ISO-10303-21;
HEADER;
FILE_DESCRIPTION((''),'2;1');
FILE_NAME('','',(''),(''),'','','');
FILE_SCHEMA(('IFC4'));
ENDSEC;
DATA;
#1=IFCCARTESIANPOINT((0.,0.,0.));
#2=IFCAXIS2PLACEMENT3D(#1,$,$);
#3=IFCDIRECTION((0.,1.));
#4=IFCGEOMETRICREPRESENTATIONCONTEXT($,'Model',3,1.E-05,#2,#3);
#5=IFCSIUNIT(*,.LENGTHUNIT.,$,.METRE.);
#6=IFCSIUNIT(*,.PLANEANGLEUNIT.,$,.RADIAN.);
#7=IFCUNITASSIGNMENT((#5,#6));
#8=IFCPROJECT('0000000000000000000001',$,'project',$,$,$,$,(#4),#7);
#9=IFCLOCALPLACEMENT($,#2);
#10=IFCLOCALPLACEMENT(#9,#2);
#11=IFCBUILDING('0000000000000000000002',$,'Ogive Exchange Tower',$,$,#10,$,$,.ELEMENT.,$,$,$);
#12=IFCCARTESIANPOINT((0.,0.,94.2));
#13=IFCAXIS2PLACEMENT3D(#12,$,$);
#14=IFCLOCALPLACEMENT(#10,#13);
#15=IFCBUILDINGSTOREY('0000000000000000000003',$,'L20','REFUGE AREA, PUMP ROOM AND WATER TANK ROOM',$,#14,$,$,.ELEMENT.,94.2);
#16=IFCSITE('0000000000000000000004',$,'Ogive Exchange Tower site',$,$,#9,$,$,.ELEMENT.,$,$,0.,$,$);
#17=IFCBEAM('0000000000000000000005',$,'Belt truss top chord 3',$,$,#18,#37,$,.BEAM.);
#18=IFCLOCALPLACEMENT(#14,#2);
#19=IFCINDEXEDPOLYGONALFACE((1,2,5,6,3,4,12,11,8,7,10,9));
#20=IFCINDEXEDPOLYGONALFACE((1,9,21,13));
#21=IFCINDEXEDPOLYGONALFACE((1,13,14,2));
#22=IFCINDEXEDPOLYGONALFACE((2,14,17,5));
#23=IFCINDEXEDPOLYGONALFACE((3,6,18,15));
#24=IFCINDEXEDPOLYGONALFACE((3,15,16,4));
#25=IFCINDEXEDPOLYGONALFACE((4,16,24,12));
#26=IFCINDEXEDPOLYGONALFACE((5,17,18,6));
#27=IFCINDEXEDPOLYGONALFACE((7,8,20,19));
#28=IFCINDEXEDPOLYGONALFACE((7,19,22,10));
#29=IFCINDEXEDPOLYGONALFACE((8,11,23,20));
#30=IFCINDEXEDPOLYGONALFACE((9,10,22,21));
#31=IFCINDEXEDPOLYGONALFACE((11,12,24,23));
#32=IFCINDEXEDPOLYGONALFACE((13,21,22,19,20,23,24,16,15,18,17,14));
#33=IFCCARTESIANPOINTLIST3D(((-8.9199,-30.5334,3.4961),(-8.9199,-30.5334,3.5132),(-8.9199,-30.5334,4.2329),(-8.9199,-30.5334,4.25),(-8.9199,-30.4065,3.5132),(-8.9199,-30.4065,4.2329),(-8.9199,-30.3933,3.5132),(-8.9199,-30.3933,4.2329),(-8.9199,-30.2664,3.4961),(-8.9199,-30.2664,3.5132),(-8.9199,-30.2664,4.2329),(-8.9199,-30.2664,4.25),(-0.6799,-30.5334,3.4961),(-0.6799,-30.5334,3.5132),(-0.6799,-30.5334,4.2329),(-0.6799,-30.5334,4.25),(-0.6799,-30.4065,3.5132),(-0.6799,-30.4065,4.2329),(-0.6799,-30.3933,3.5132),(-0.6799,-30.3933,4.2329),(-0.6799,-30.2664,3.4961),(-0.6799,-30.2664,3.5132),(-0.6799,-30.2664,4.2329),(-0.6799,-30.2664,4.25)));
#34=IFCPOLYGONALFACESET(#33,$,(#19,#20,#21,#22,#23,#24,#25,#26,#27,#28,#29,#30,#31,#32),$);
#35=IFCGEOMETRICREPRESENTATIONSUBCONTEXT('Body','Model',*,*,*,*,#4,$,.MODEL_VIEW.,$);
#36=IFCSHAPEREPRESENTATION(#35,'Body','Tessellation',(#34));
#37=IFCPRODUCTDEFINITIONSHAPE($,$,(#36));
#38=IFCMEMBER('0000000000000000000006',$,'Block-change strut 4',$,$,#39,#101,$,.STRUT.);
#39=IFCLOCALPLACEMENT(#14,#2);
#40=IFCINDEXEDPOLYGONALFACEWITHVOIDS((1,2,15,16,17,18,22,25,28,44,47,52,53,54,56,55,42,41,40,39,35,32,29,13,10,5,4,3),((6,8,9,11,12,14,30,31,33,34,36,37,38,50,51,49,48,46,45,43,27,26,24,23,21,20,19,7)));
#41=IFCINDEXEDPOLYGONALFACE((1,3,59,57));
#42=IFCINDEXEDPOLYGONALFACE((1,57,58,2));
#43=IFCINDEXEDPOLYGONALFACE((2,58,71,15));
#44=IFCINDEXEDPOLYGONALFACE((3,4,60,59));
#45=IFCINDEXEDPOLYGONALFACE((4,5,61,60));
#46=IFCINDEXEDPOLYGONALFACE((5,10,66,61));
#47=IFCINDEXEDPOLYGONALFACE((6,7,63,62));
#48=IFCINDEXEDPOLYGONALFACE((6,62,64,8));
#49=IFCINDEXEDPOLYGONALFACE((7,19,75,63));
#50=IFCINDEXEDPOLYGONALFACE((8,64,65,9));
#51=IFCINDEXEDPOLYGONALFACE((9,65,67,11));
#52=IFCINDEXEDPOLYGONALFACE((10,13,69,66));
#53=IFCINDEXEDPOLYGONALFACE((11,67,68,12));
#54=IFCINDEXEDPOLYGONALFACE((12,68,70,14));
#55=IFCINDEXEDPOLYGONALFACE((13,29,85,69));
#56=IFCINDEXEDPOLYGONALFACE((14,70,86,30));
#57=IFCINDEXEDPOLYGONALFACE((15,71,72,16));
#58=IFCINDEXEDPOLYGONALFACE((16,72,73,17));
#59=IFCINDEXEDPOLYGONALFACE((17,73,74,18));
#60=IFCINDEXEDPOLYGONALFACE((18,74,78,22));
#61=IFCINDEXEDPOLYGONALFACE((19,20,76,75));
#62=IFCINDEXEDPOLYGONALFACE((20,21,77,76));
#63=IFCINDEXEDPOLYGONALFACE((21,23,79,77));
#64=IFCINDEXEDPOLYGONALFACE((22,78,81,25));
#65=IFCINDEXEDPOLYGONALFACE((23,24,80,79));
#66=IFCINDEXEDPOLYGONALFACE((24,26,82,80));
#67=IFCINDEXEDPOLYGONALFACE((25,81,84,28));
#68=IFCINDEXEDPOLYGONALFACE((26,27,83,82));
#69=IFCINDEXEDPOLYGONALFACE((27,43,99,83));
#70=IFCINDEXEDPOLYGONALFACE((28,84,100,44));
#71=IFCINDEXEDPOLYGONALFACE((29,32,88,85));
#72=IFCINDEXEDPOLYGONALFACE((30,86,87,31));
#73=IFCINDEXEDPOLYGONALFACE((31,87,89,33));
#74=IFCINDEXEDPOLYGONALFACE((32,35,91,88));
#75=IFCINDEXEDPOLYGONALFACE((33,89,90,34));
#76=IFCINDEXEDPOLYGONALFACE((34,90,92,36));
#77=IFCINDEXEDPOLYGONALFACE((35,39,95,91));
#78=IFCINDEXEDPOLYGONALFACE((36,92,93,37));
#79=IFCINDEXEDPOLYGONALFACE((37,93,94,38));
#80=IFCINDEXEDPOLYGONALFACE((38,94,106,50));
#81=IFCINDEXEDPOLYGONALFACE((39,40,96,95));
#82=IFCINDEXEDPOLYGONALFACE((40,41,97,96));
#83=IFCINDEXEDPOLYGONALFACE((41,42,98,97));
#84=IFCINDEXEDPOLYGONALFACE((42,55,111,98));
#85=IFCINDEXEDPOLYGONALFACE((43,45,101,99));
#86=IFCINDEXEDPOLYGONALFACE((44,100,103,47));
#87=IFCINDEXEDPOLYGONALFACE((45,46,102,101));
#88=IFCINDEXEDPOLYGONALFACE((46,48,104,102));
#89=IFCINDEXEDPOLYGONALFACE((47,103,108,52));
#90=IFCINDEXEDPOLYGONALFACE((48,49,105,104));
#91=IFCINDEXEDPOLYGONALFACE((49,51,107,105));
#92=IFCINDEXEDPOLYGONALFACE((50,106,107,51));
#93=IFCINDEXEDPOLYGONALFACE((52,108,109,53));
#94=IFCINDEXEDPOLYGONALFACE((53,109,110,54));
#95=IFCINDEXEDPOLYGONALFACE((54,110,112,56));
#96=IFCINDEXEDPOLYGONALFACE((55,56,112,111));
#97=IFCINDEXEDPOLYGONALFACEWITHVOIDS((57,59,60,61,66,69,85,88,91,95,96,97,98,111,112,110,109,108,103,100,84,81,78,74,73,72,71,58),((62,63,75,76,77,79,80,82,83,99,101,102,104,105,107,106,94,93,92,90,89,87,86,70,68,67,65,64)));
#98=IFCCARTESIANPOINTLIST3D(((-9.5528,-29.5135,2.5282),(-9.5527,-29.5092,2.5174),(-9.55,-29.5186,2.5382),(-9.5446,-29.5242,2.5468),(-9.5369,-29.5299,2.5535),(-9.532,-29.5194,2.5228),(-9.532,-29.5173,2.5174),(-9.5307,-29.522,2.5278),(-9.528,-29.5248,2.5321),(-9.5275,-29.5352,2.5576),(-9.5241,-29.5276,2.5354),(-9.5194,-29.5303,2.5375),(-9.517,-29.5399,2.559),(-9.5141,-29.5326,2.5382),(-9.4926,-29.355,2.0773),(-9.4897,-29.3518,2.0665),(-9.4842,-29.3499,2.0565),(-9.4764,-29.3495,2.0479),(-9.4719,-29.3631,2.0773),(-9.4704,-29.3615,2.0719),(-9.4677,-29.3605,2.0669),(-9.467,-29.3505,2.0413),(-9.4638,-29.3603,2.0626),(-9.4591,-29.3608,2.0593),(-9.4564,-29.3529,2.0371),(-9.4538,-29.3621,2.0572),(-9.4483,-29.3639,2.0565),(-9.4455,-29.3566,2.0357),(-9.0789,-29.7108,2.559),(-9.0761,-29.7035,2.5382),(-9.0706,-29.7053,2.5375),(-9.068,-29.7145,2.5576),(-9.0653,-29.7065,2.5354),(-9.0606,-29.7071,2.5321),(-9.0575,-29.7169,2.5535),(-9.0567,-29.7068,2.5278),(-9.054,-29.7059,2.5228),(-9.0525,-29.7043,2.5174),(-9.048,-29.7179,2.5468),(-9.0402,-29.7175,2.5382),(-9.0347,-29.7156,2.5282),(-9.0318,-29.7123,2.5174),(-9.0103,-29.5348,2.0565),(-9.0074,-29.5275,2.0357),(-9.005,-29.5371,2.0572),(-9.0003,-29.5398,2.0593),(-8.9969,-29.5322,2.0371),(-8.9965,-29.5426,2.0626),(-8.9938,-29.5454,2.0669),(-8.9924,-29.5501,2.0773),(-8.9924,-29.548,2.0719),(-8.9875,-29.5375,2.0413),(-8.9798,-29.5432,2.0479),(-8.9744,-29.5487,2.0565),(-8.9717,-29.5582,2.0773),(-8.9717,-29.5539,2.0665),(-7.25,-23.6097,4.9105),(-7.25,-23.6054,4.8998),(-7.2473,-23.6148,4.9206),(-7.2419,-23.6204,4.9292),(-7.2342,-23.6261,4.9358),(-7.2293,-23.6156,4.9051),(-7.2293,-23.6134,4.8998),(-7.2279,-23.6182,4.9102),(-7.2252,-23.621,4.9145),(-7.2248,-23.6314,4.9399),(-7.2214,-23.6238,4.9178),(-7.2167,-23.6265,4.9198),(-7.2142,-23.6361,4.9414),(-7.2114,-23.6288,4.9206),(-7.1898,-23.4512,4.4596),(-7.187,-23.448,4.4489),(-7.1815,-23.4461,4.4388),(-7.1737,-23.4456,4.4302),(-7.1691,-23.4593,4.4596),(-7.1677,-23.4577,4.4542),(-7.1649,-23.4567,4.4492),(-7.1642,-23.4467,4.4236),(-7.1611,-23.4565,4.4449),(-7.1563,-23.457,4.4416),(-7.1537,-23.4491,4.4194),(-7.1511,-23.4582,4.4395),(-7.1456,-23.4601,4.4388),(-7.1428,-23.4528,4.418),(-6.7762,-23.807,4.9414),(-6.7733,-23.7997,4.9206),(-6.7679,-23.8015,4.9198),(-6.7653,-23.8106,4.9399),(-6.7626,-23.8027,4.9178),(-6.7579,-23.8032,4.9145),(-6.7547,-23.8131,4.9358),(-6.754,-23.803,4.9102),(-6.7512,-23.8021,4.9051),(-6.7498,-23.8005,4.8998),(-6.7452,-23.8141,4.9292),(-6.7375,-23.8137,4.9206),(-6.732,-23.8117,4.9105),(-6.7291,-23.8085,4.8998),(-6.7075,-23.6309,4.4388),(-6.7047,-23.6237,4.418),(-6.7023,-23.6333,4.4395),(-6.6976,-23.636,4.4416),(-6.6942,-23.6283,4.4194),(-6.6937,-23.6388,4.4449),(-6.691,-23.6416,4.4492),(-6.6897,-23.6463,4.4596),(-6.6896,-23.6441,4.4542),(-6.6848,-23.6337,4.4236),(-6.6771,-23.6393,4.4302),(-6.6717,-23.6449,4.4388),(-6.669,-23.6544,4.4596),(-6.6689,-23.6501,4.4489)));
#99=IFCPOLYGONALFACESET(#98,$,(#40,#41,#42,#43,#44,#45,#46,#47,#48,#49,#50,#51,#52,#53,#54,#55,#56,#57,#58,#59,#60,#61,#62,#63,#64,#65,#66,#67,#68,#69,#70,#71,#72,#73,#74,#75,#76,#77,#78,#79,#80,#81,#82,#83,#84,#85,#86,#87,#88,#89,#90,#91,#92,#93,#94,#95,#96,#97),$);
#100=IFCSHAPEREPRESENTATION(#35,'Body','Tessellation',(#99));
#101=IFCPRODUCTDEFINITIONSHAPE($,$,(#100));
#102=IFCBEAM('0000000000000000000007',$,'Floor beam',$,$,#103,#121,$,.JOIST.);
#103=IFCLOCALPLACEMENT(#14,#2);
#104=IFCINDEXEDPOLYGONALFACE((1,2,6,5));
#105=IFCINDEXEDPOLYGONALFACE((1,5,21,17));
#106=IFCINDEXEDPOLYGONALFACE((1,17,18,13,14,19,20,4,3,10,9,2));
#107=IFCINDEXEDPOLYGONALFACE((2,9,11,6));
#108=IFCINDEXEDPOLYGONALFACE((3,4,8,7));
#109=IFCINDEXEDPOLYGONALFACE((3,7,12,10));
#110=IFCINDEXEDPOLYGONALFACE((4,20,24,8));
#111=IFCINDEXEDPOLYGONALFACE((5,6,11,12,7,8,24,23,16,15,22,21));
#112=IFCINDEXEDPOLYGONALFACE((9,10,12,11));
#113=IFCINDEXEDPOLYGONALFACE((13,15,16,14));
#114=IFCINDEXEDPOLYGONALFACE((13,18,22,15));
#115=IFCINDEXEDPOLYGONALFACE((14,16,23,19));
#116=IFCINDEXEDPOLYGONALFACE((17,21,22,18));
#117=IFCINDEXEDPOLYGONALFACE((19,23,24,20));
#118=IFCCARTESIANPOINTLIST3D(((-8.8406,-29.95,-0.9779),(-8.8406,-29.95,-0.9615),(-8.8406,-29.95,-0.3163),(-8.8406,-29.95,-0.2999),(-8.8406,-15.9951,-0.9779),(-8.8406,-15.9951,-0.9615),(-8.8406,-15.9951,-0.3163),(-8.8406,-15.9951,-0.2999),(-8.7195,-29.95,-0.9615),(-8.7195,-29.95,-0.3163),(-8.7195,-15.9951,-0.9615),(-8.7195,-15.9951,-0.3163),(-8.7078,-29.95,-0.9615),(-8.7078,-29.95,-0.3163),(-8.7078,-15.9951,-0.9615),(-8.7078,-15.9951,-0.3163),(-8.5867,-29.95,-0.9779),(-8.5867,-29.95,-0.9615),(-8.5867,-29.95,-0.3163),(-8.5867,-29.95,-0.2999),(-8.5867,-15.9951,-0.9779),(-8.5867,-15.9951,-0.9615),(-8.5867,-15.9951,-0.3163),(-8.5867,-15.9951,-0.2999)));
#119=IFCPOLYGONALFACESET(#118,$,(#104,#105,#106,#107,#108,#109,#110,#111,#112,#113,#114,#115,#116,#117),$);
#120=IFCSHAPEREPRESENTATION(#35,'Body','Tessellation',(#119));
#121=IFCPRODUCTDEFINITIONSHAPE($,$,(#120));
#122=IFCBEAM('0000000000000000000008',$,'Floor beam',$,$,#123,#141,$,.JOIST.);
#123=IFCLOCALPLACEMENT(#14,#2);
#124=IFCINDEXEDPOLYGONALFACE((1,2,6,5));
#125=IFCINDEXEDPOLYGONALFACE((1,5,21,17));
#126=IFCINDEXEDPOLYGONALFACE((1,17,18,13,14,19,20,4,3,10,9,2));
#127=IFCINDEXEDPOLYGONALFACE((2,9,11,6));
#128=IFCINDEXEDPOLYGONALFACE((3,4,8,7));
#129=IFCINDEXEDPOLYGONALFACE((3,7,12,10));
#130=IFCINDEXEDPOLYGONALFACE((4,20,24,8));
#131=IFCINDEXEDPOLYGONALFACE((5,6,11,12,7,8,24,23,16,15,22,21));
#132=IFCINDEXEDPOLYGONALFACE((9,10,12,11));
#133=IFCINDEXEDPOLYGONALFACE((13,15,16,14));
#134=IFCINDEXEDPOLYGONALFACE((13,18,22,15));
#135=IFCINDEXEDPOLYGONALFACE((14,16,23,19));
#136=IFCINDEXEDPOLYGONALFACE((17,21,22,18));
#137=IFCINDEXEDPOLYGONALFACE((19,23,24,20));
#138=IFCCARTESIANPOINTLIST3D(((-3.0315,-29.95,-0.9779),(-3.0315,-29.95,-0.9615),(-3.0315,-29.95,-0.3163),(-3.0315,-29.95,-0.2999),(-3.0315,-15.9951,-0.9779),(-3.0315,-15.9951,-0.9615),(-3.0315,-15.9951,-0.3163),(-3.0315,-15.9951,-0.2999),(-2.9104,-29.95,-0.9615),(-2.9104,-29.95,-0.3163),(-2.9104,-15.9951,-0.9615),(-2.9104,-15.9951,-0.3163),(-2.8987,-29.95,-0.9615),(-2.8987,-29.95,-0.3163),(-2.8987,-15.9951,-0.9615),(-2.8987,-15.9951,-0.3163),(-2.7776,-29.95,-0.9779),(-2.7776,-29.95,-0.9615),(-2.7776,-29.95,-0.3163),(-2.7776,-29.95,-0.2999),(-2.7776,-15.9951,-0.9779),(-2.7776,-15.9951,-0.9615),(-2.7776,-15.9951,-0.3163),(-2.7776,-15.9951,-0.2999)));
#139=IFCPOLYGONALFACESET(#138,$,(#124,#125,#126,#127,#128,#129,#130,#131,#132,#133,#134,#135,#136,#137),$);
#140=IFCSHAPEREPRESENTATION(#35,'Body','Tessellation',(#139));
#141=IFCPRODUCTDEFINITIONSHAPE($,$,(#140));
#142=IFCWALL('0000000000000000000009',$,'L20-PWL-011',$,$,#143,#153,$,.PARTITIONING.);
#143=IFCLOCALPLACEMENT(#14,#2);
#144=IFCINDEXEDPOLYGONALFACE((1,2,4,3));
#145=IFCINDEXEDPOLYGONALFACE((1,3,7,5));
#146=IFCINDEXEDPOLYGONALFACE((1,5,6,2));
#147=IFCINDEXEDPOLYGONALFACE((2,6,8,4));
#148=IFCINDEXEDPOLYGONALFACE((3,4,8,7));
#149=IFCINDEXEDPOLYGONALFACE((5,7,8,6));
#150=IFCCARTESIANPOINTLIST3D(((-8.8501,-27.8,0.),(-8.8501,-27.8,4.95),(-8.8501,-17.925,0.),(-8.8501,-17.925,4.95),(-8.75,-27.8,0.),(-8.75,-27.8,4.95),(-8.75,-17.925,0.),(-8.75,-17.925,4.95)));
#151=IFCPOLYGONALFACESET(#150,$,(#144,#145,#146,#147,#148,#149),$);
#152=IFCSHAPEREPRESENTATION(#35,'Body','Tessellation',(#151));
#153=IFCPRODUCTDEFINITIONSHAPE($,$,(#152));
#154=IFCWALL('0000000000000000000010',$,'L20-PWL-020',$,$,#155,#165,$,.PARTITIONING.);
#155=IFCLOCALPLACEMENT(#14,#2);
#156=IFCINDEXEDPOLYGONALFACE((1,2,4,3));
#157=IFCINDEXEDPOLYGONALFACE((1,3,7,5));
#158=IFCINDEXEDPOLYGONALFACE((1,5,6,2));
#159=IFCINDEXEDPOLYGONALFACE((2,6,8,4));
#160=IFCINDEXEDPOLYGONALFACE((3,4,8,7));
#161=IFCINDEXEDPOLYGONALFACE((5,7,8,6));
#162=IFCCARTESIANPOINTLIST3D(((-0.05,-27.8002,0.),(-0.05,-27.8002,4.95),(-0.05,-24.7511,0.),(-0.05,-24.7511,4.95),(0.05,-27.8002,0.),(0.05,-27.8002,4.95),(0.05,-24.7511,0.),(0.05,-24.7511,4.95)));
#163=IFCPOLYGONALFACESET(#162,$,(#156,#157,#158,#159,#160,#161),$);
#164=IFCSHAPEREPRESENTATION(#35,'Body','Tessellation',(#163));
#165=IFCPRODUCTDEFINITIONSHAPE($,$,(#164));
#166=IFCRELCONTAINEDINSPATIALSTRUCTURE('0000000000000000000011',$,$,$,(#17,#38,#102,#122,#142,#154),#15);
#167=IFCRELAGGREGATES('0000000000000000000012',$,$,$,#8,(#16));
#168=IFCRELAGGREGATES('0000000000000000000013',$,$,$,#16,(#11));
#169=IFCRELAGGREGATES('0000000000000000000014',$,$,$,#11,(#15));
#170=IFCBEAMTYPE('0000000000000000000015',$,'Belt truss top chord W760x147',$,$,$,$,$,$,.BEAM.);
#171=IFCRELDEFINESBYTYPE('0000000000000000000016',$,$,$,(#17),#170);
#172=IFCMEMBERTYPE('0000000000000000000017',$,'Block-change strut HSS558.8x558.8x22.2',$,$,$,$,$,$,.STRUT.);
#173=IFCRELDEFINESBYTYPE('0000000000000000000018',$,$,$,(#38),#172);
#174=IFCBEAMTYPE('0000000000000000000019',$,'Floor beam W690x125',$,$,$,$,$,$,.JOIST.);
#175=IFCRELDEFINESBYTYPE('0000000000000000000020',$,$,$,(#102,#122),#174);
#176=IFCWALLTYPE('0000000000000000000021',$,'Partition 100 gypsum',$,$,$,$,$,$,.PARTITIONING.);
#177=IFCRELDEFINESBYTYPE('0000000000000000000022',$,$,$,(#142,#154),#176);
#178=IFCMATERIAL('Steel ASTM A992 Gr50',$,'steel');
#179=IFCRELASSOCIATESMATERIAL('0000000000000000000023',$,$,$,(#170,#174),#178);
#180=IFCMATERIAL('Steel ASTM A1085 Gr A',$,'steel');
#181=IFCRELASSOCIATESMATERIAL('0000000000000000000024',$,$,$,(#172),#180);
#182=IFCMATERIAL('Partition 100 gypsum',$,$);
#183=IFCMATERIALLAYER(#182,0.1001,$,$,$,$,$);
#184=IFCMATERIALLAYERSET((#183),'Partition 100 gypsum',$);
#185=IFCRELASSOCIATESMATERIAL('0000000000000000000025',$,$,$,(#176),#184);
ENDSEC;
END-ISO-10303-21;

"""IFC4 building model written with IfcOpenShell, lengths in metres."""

from ifc_helpers import new_model, si_unit, direction, frame, frame_2d, origin, origin_2d, place, context, subcontext, project, spatial, rectangle, hollow_rectangle, i_section, extrude, material, layer, layer_set, material_profile, profile_set, type_object, element, save


model = new_model("IFC4")

# Units and contexts
model_context = context("Model", 3, precision=1e-05, world=origin(), true_north=direction((0.0, 1.0)))
body_context = subcontext(model_context, "Body", "Model", "MODEL_VIEW")
ifc_project = project(units=[si_unit("LENGTHUNIT", "METRE"), si_unit("PLANEANGLEUNIT", "RADIAN")], contexts=[model_context])

# Site, building, storey
site_placement = place(None, origin())
site = spatial("IfcSite", under=ifc_project, at=site_placement, Name="Ogive Exchange Tower site", CompositionType="ELEMENT", RefElevation=0.0)
building_placement = place(site_placement, origin())
building = spatial("IfcBuilding", under=site, at=building_placement, Name="Ogive Exchange Tower", CompositionType="ELEMENT")
storey_placement = place(building_placement, frame((0.0, 0.0, 94.2)))
storey = spatial("IfcBuildingStorey", under=building, at=storey_placement, Name="L20", Description="REFUGE AREA, PUMP ROOM AND WATER TANK ROOM", CompositionType="ELEMENT", Elevation=94.2)

# Shared definitions
ifc_material_1 = material(Name="Steel ASTM A992 Gr50", Category="steel")

# Shared definitions
ifc_material_2 = material(Name="Steel ASTM A1085 Gr A", Category="steel")

# Beam
ifc_material_profile_1 = material_profile(ifc_material_1, i_section(OverallWidth=0.2671, OverallDepth=0.7539, WebThickness=0.0132, FlangeThickness=0.0171, at=origin_2d()), Name="W760x147")
ifc_profile_set_1 = profile_set([ifc_material_profile_1], Name="Steel ASTM A992 Gr50")
beam_type_1 = type_object("IfcBeamType", Name="Belt truss top chord W760x147", PredefinedType="BEAM", material=ifc_profile_set_1)
beam_1_placement = place(storey_placement, frame((-8.9199, -30.3999, 3.873), z_axis=(1.0, 0.0, 0.0), x_axis=(0.0, 1.0, 0.0)))
element("IfcBeam", 1, at=beam_1_placement, inside=storey, type_object=beam_type_1, Name="Belt truss top chord 3", PredefinedType="BEAM", context=body_context, shape_type="SweptSolid", body=[
    extrude(i_section(OverallWidth=0.2671, OverallDepth=0.7539, WebThickness=0.0132, FlangeThickness=0.0171, at=origin_2d()), origin(), (0.0, 0.0, 1.0), 8.24),
])

# Member
ifc_material_profile_2 = material_profile(ifc_material_2, hollow_rectangle(XDim=0.5591, YDim=0.5591, WallThickness=0.0222, InnerFilletRadius=0.0222, OuterFilletRadius=0.0444, at=origin_2d()), Name="HSS558.8x558.8x22.2")
ifc_profile_set_2 = profile_set([ifc_material_profile_2], Name="Steel ASTM A1085 Gr A")
member_type_1 = type_object("IfcMemberType", Name="Block-change strut HSS558.8x558.8x22.2", PredefinedType="STRUT", material=ifc_profile_set_2)
member_placement = place(storey_placement, frame((-9.2622, -29.5337, 2.2974), z_axis=(0.340138, 0.872053, 0.351894), x_axis=(-0.931641, 0.363379, 0.0)))
element("IfcMember", 2, at=member_placement, inside=storey, type_object=member_type_1, Name="Block-change strut 4", PredefinedType="STRUT", context=body_context, shape_type="SweptSolid", body=[
    extrude(hollow_rectangle(XDim=0.5591, YDim=0.5591, WallThickness=0.0222, InnerFilletRadius=0.0222, OuterFilletRadius=0.0444, at=origin_2d()), origin(), (0.0, 0.0, 1.0), 6.77),
])

# Beams
ifc_material_profile_3 = material_profile(ifc_material_1, i_section(OverallWidth=0.2539, OverallDepth=0.678, WebThickness=0.0117, FlangeThickness=0.0164, at=origin_2d()), Name="W690x125")
ifc_profile_set_3 = profile_set([ifc_material_profile_3], Name="Steel ASTM A992 Gr50")
beam_type_2 = type_object("IfcBeamType", Name="Floor beam W690x125", PredefinedType="JOIST", material=ifc_profile_set_3)
for number, where, z_axis, x_axis, name in (
    (3, (-8.7136, -29.95, -0.6389), (0.0, 1.0, 0.0), (-1.0, 0.0, 0.0), "Floor beam"),
    (4, (-2.9045, -29.95, -0.6389), (0.0, 1.0, 0.0), (-1.0, 0.0, 0.0), "Floor beam"),
):
    element("IfcBeam", number, at=place(storey_placement, frame(where, z_axis=z_axis, x_axis=x_axis)), inside=storey, type_object=beam_type_2, Name=name, PredefinedType="JOIST", context=body_context, shape_type="SweptSolid", body=[
        extrude(i_section(OverallWidth=0.2539, OverallDepth=0.678, WebThickness=0.0117, FlangeThickness=0.0164, at=origin_2d()), origin(), (0.0, 0.0, 1.0), 13.9548),
    ])

# Walls
ifc_material_3 = material(Name="Partition 100 gypsum")
ifc_layer = layer(ifc_material_3, 0.1001)
ifc_layer_set = layer_set([ifc_layer], Name="Partition 100 gypsum")
wall_type = type_object("IfcWallType", Name="Partition 100 gypsum", PredefinedType="PARTITIONING", material=ifc_layer_set)
wall_1_placement = place(storey_placement, frame((-8.8, -27.8, 0.0), z_axis=(0.0, 0.0, 1.0), x_axis=(0.0, 1.0, 0.0)))
element("IfcWall", 5, at=wall_1_placement, inside=storey, type_object=wall_type, Name="L20-PWL-011", PredefinedType="PARTITIONING", context=body_context, shape_type="SweptSolid", body=[
    extrude(rectangle(XDim=9.875, YDim=0.1001, at=frame_2d((4.9375, 0.0))), origin(), (0.0, 0.0, 1.0), 4.95),
])
wall_2_placement = place(storey_placement, frame((0.0, -27.8, 0.0), z_axis=(0.0, 0.0, 1.0), x_axis=(0.0, 1.0, 0.0)))
element("IfcWall", 6, at=wall_2_placement, inside=storey, type_object=wall_type, Name="L20-PWL-020", PredefinedType="PARTITIONING", context=body_context, shape_type="SweptSolid", body=[
    extrude(rectangle(XDim=3.0491, YDim=0.1001, at=frame_2d((1.5244, 0.0))), origin(), (0.0, 0.0, 1.0), 4.95),
])

save(model, "model.ifc")
